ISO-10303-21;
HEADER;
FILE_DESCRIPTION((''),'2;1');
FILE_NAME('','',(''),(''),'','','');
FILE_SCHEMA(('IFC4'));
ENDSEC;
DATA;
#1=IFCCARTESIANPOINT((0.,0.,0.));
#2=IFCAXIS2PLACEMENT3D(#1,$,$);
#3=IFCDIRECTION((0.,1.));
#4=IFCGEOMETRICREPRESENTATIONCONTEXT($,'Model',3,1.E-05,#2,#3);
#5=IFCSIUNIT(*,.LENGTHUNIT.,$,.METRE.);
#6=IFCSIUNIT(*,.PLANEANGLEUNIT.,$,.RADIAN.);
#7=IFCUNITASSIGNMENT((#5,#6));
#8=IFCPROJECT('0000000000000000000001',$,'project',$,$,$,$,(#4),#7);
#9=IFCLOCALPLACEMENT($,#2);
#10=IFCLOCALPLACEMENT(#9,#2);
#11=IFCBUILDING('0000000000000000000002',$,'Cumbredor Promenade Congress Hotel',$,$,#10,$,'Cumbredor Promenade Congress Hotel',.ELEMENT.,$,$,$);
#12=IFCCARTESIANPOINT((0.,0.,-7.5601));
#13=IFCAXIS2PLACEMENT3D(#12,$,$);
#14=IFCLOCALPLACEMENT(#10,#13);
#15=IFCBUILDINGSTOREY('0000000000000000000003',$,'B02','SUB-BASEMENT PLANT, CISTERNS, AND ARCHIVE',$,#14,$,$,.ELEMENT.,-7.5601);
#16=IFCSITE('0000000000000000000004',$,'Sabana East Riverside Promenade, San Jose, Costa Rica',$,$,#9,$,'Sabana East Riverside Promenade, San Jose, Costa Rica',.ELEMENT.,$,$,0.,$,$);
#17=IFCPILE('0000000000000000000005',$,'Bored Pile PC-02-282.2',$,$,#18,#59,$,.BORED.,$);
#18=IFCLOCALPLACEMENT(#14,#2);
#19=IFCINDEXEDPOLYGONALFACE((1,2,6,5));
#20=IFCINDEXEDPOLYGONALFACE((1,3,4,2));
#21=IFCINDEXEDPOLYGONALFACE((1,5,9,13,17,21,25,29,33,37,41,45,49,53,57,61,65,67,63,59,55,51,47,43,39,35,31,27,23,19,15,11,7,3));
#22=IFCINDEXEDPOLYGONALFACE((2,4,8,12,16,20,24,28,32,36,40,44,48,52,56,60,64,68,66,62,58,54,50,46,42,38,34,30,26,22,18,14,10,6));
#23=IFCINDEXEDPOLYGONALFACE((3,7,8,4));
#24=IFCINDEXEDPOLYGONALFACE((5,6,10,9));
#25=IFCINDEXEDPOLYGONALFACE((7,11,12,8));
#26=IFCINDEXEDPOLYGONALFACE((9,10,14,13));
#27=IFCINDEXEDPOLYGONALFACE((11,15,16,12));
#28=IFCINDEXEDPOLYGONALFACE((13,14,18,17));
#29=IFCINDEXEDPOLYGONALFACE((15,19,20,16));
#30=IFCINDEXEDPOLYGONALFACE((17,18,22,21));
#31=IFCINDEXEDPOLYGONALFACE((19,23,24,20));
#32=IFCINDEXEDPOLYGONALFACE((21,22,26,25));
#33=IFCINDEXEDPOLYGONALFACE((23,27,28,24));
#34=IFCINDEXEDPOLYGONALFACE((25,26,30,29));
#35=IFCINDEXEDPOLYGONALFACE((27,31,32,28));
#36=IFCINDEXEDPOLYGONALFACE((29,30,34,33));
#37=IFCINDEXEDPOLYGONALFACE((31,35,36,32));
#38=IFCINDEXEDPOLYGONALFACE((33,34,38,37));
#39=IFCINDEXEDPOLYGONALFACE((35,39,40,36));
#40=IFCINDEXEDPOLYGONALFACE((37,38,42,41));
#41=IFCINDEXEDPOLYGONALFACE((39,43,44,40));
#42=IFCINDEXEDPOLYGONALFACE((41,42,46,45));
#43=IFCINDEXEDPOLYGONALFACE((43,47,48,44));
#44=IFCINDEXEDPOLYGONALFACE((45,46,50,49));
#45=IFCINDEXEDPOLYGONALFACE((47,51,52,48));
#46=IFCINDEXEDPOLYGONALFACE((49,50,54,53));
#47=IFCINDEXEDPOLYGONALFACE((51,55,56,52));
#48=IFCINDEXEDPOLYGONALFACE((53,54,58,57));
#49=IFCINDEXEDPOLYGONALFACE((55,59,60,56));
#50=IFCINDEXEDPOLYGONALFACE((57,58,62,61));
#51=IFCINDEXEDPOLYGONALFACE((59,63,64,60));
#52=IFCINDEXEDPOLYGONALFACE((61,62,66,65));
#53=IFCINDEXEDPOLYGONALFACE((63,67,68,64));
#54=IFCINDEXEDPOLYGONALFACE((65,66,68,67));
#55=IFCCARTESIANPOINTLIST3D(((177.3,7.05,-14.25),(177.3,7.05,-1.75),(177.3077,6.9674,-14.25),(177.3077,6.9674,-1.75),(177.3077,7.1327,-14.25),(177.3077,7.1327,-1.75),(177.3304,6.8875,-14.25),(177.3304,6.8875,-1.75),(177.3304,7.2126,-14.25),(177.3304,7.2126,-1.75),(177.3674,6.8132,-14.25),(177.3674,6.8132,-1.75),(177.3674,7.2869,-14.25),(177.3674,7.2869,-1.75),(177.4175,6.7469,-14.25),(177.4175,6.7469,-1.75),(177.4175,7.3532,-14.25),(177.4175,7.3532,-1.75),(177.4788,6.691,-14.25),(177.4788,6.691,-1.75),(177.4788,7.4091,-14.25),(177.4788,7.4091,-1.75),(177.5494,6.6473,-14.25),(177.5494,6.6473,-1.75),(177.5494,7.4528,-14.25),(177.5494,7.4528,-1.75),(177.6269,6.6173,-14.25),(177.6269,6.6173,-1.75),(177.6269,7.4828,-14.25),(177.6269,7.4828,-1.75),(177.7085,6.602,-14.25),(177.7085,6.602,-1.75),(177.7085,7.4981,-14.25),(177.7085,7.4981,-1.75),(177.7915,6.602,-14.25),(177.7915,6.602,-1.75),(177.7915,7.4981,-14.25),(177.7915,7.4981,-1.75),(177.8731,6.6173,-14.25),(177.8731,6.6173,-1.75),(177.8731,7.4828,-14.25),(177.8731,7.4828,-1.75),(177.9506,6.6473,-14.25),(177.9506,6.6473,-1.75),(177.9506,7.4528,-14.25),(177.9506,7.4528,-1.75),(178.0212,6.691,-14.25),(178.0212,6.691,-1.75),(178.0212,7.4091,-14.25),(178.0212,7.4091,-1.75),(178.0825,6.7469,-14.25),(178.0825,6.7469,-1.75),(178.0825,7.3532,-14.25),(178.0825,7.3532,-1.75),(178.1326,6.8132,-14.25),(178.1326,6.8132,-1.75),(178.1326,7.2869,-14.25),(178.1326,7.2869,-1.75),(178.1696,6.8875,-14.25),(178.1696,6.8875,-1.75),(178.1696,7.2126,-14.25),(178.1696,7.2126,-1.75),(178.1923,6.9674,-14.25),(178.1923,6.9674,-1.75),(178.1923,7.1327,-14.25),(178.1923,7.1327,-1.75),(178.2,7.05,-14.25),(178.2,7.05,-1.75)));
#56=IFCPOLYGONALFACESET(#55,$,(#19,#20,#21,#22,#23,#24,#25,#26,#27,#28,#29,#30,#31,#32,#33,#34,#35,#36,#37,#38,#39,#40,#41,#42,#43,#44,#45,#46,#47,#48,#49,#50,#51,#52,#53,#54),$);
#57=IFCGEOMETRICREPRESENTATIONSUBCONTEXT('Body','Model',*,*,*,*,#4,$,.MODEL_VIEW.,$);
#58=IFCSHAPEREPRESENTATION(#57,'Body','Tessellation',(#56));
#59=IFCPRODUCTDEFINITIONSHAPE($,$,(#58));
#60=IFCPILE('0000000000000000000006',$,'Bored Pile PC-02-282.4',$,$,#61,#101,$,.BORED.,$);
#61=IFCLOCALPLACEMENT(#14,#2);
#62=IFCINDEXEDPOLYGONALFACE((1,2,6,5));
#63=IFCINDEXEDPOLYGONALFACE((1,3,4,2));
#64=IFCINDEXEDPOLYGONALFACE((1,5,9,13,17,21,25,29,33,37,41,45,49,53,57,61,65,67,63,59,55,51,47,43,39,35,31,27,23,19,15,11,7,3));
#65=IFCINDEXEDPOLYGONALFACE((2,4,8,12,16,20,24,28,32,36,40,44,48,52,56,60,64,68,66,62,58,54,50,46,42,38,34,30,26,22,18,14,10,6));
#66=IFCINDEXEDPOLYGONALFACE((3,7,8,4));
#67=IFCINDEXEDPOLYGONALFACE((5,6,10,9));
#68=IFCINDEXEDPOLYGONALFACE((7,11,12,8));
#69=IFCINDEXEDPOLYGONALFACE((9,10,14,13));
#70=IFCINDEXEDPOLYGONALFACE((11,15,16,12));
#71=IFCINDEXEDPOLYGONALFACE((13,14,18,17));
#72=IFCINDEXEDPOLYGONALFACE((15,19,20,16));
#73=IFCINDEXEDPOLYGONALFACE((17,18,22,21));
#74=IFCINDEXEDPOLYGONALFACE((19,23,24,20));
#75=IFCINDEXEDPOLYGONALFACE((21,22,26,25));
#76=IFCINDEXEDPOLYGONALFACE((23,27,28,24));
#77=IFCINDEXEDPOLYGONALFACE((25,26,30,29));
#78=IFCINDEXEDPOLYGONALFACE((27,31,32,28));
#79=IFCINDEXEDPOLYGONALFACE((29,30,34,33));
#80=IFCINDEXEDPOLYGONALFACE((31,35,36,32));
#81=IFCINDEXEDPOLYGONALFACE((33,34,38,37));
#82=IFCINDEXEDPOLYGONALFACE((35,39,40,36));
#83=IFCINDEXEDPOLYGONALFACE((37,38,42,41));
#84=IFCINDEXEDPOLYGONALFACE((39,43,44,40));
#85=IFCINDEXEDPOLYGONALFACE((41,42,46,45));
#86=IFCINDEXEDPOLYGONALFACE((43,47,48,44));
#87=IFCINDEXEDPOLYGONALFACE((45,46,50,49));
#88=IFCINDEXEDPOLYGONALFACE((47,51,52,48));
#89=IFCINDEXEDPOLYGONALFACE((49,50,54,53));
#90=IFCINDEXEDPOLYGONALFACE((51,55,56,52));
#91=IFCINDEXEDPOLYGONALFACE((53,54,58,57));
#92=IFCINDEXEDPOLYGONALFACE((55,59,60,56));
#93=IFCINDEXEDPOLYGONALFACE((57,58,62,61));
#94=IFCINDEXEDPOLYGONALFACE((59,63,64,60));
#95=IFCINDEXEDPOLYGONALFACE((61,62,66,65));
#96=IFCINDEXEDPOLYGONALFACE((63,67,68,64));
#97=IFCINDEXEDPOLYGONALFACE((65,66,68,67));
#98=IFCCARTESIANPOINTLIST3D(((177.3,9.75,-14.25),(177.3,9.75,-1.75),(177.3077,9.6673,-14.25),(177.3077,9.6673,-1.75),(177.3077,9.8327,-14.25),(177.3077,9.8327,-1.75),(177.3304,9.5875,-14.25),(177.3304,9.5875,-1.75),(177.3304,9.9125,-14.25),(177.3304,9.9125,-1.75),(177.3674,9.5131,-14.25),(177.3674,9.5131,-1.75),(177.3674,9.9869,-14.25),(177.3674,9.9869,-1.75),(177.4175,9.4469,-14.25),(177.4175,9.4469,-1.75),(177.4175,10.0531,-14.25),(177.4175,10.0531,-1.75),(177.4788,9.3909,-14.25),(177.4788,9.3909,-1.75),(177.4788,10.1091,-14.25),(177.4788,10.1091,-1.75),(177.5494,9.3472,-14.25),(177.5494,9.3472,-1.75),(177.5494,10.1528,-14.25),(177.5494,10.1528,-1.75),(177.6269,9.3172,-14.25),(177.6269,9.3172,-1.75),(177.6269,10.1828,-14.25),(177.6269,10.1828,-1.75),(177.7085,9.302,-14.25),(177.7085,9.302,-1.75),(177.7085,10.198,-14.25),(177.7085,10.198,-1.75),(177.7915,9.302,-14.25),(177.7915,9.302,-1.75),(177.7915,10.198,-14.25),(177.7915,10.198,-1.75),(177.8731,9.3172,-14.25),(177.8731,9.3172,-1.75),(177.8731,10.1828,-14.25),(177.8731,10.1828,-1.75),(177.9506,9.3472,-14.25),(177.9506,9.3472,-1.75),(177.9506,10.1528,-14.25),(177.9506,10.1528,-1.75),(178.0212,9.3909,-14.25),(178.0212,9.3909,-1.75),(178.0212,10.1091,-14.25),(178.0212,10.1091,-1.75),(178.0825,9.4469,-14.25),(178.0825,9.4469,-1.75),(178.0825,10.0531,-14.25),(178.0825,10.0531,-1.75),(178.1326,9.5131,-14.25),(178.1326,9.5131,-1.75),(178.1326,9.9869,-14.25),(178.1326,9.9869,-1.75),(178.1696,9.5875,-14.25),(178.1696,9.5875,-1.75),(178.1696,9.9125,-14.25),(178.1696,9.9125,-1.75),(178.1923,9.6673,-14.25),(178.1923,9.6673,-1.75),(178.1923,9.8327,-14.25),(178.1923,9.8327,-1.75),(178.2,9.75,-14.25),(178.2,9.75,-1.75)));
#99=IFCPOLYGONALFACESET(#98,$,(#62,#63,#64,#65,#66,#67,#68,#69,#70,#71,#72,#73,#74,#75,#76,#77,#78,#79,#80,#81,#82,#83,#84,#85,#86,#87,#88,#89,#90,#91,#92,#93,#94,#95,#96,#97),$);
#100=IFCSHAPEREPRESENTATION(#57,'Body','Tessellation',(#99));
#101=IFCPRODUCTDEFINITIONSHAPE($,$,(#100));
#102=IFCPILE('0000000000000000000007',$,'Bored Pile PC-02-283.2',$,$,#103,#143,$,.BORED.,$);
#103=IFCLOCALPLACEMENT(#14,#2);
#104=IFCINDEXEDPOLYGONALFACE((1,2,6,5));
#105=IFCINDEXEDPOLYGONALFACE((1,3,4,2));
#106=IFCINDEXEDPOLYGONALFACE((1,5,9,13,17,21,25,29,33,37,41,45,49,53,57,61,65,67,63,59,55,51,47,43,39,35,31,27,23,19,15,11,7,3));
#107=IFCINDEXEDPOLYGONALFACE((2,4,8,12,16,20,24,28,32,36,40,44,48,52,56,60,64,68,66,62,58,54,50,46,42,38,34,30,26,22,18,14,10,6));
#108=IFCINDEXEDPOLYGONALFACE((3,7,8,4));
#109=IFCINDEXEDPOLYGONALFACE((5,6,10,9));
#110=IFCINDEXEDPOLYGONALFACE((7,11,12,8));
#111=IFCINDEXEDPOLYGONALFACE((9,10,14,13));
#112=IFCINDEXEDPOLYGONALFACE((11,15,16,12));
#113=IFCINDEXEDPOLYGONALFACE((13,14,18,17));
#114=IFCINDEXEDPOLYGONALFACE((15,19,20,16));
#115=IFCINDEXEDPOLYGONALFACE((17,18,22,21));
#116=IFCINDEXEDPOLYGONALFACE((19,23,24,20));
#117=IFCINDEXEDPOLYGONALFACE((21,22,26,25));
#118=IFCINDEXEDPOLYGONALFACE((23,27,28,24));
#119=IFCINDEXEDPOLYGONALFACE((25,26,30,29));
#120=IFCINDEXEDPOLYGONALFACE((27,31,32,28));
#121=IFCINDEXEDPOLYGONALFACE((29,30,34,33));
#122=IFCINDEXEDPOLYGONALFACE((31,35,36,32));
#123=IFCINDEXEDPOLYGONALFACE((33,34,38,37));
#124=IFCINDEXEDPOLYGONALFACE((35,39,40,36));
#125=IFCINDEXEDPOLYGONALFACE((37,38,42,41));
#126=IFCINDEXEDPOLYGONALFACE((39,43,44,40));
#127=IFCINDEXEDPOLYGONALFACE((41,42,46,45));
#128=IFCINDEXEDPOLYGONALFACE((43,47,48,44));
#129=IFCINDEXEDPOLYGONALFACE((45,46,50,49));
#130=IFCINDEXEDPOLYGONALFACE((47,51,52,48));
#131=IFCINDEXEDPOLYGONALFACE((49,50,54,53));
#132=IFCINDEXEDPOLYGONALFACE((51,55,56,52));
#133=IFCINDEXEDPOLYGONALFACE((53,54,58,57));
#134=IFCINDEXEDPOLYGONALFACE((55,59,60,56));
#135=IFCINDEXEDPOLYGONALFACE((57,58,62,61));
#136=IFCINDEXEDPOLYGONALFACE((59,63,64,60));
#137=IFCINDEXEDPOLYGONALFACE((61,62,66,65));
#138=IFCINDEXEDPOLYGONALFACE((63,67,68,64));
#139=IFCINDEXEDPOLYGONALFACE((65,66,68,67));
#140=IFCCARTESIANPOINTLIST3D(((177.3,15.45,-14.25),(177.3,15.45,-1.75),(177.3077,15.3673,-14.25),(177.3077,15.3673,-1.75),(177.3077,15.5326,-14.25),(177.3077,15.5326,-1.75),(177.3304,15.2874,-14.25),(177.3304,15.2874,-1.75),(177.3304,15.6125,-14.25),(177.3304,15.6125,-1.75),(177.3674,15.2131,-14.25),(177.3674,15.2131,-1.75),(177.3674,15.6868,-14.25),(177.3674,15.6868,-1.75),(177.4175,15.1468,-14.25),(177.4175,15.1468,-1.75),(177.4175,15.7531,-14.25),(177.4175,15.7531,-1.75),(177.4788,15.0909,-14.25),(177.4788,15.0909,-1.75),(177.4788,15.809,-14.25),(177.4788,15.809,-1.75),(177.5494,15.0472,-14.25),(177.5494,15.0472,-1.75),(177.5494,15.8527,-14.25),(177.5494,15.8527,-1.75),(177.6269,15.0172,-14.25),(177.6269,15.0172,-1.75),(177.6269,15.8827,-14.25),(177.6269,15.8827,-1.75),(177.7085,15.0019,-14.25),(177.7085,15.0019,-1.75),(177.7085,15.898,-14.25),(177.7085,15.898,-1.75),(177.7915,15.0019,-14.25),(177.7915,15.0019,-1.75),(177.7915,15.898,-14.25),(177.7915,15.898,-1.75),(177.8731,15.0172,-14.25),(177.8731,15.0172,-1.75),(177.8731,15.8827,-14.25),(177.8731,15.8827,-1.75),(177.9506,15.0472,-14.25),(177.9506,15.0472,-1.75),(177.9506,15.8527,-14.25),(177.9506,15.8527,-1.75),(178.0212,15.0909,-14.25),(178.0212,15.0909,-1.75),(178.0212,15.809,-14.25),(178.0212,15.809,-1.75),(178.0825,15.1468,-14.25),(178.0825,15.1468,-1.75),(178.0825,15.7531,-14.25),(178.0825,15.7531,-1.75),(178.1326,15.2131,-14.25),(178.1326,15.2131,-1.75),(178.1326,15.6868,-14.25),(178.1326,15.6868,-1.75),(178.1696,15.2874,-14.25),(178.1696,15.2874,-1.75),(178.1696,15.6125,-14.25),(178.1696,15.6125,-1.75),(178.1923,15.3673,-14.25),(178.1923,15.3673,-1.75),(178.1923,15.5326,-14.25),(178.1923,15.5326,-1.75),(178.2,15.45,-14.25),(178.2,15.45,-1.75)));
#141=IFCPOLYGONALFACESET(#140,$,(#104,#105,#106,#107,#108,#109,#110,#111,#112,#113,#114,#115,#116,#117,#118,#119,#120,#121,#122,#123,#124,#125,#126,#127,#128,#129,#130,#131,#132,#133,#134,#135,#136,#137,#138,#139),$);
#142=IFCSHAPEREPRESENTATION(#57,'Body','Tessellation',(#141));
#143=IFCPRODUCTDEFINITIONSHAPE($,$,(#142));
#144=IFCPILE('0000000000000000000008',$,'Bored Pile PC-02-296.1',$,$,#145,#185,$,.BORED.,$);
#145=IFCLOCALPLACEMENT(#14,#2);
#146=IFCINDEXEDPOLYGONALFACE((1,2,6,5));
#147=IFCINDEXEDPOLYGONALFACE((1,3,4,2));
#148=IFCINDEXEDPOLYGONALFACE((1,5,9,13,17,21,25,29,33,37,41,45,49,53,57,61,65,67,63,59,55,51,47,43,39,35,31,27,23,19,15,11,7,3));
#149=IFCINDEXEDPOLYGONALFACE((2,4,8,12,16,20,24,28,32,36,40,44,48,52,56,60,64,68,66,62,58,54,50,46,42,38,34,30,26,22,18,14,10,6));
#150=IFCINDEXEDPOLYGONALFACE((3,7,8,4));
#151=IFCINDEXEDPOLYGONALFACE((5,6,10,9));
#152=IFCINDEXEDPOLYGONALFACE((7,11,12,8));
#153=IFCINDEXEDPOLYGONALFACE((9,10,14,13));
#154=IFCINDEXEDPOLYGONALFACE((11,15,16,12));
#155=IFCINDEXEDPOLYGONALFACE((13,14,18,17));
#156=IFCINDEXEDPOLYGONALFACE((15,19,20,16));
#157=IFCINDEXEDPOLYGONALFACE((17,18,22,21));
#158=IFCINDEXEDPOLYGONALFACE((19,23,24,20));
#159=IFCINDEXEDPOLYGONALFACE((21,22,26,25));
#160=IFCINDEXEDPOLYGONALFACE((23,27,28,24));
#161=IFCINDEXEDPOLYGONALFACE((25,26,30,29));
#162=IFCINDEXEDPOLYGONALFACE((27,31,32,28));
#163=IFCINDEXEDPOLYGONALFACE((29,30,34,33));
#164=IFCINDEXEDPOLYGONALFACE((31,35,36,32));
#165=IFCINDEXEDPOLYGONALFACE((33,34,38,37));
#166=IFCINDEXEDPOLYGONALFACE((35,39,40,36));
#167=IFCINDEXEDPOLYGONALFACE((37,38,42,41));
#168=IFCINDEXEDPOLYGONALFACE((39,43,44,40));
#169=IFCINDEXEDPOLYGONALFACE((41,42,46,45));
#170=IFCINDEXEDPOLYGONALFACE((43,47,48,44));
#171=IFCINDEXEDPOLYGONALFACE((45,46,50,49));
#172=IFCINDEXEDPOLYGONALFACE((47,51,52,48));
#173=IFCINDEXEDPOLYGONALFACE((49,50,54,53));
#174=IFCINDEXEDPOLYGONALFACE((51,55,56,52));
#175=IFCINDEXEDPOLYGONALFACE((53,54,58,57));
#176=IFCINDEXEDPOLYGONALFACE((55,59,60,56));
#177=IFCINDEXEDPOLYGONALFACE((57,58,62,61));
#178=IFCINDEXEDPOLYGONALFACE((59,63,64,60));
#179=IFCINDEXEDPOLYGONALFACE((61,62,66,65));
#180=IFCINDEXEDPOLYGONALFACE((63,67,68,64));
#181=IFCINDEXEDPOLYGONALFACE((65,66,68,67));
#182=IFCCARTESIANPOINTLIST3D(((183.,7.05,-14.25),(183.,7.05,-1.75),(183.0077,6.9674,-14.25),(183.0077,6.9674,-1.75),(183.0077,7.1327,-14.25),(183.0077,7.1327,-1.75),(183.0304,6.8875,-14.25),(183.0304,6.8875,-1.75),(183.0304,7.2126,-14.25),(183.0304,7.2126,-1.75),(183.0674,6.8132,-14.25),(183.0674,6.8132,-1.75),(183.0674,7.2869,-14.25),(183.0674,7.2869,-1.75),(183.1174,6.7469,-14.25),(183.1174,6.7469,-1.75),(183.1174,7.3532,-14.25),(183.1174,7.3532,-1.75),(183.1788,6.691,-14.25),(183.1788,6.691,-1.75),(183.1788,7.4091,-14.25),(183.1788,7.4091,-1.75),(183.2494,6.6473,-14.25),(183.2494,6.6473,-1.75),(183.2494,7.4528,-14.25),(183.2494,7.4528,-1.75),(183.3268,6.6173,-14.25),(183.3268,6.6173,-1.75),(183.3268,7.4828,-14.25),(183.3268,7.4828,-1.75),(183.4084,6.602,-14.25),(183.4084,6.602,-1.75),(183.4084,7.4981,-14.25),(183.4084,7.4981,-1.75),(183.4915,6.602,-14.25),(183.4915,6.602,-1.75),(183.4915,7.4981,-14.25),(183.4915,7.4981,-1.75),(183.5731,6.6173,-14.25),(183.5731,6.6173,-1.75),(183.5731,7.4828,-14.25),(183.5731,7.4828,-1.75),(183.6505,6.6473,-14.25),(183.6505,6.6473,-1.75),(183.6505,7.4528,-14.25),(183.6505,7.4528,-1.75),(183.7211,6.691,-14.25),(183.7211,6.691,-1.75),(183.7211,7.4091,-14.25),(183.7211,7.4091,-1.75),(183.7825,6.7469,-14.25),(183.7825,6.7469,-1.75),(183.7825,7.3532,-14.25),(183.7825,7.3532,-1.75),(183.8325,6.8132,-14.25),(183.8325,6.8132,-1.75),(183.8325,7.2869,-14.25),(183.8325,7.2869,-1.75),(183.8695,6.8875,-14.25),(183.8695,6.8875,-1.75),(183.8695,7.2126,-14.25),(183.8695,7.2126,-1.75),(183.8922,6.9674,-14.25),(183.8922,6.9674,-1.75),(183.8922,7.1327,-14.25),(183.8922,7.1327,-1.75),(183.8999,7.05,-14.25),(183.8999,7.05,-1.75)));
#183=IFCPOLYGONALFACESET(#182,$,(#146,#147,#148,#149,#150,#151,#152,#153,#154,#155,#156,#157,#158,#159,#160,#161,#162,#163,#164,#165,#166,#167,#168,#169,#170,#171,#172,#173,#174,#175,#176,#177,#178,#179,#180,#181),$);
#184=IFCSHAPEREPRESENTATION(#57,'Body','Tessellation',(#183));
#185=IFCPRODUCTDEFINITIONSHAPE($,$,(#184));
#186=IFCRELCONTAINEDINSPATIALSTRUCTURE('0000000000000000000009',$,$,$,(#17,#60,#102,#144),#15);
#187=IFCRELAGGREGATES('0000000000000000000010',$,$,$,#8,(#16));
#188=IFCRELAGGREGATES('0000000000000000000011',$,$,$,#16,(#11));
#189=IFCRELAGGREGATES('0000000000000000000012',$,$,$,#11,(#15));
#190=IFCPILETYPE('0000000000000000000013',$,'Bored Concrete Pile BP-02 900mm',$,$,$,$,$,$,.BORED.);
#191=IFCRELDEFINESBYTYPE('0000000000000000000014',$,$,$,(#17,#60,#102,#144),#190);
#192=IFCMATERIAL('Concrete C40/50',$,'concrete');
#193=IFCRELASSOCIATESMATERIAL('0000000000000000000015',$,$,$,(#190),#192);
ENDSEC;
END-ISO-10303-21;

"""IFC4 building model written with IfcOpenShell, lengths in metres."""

from ifc_helpers import new_model, si_unit, direction, frame, origin, origin_2d, place, context, subcontext, project, spatial, circle, extrude, material, material_profile, profile_set, type_object, element, save


model = new_model("IFC4")

# Units and contexts
model_context = context("Model", 3, precision=1e-05, world=origin(), true_north=direction((0.0, 1.0)))
body_context = subcontext(model_context, "Body", "Model", "MODEL_VIEW")
ifc_project = project(units=[si_unit("LENGTHUNIT", "METRE"), si_unit("PLANEANGLEUNIT", "RADIAN")], contexts=[model_context])

# Site, building, storey
site_placement = place(None, origin())
site = spatial("IfcSite", under=ifc_project, at=site_placement, Name="Sabana East Riverside Promenade, San Jose, Costa Rica", LongName="Sabana East Riverside Promenade, San Jose, Costa Rica", CompositionType="ELEMENT", RefElevation=0.0)
building_placement = place(site_placement, origin())
building = spatial("IfcBuilding", under=site, at=building_placement, Name="Cumbredor Promenade Congress Hotel", LongName="Cumbredor Promenade Congress Hotel", CompositionType="ELEMENT")
storey_placement = place(building_placement, frame((0.0, 0.0, -7.5601)))
storey = spatial("IfcBuildingStorey", under=building, at=storey_placement, Name="B02", Description="SUB-BASEMENT PLANT, CISTERNS, AND ARCHIVE", CompositionType="ELEMENT", Elevation=-7.5601)

# Piles
ifc_material_1 = material(Name="Concrete C40/50", Category="concrete")
ifc_material_profile_1 = material_profile(ifc_material_1, circle(Radius=0.45, at=origin_2d()), Name="PILE D900")
ifc_profile_set_1 = profile_set([ifc_material_profile_1], Name="Concrete C40/50")
pile_type = type_object("IfcPileType", Name="Bored Concrete Pile BP-02 900mm", PredefinedType="BORED", material=ifc_profile_set_1)
for number, where, z_axis, x_axis, name in (
    (1, (177.75, 7.05, -1.75), (0.0, 0.0, -1.0), (1.0, 0.0, 0.0), "Bored Pile PC-02-282.2"),
    (2, (177.75, 9.75, -1.75), (0.0, 0.0, -1.0), (1.0, 0.0, 0.0), "Bored Pile PC-02-282.4"),
    (3, (177.75, 15.45, -1.75), (0.0, 0.0, -1.0), (1.0, 0.0, 0.0), "Bored Pile PC-02-283.2"),
    (4, (183.45, 7.05, -1.75), (0.0, 0.0, -1.0), (1.0, 0.0, 0.0), "Bored Pile PC-02-296.1"),
):
    element("IfcPile", number, at=place(storey_placement, frame(where, z_axis=z_axis, x_axis=x_axis)), inside=storey, type_object=pile_type, Name=name, PredefinedType="BORED", context=body_context, shape_type="SweptSolid", body=[
        extrude(circle(Radius=0.45, at=origin_2d()), origin(), (0.0, 0.0, 1.0), 12.5),
    ])

save(model, "model.ifc")
